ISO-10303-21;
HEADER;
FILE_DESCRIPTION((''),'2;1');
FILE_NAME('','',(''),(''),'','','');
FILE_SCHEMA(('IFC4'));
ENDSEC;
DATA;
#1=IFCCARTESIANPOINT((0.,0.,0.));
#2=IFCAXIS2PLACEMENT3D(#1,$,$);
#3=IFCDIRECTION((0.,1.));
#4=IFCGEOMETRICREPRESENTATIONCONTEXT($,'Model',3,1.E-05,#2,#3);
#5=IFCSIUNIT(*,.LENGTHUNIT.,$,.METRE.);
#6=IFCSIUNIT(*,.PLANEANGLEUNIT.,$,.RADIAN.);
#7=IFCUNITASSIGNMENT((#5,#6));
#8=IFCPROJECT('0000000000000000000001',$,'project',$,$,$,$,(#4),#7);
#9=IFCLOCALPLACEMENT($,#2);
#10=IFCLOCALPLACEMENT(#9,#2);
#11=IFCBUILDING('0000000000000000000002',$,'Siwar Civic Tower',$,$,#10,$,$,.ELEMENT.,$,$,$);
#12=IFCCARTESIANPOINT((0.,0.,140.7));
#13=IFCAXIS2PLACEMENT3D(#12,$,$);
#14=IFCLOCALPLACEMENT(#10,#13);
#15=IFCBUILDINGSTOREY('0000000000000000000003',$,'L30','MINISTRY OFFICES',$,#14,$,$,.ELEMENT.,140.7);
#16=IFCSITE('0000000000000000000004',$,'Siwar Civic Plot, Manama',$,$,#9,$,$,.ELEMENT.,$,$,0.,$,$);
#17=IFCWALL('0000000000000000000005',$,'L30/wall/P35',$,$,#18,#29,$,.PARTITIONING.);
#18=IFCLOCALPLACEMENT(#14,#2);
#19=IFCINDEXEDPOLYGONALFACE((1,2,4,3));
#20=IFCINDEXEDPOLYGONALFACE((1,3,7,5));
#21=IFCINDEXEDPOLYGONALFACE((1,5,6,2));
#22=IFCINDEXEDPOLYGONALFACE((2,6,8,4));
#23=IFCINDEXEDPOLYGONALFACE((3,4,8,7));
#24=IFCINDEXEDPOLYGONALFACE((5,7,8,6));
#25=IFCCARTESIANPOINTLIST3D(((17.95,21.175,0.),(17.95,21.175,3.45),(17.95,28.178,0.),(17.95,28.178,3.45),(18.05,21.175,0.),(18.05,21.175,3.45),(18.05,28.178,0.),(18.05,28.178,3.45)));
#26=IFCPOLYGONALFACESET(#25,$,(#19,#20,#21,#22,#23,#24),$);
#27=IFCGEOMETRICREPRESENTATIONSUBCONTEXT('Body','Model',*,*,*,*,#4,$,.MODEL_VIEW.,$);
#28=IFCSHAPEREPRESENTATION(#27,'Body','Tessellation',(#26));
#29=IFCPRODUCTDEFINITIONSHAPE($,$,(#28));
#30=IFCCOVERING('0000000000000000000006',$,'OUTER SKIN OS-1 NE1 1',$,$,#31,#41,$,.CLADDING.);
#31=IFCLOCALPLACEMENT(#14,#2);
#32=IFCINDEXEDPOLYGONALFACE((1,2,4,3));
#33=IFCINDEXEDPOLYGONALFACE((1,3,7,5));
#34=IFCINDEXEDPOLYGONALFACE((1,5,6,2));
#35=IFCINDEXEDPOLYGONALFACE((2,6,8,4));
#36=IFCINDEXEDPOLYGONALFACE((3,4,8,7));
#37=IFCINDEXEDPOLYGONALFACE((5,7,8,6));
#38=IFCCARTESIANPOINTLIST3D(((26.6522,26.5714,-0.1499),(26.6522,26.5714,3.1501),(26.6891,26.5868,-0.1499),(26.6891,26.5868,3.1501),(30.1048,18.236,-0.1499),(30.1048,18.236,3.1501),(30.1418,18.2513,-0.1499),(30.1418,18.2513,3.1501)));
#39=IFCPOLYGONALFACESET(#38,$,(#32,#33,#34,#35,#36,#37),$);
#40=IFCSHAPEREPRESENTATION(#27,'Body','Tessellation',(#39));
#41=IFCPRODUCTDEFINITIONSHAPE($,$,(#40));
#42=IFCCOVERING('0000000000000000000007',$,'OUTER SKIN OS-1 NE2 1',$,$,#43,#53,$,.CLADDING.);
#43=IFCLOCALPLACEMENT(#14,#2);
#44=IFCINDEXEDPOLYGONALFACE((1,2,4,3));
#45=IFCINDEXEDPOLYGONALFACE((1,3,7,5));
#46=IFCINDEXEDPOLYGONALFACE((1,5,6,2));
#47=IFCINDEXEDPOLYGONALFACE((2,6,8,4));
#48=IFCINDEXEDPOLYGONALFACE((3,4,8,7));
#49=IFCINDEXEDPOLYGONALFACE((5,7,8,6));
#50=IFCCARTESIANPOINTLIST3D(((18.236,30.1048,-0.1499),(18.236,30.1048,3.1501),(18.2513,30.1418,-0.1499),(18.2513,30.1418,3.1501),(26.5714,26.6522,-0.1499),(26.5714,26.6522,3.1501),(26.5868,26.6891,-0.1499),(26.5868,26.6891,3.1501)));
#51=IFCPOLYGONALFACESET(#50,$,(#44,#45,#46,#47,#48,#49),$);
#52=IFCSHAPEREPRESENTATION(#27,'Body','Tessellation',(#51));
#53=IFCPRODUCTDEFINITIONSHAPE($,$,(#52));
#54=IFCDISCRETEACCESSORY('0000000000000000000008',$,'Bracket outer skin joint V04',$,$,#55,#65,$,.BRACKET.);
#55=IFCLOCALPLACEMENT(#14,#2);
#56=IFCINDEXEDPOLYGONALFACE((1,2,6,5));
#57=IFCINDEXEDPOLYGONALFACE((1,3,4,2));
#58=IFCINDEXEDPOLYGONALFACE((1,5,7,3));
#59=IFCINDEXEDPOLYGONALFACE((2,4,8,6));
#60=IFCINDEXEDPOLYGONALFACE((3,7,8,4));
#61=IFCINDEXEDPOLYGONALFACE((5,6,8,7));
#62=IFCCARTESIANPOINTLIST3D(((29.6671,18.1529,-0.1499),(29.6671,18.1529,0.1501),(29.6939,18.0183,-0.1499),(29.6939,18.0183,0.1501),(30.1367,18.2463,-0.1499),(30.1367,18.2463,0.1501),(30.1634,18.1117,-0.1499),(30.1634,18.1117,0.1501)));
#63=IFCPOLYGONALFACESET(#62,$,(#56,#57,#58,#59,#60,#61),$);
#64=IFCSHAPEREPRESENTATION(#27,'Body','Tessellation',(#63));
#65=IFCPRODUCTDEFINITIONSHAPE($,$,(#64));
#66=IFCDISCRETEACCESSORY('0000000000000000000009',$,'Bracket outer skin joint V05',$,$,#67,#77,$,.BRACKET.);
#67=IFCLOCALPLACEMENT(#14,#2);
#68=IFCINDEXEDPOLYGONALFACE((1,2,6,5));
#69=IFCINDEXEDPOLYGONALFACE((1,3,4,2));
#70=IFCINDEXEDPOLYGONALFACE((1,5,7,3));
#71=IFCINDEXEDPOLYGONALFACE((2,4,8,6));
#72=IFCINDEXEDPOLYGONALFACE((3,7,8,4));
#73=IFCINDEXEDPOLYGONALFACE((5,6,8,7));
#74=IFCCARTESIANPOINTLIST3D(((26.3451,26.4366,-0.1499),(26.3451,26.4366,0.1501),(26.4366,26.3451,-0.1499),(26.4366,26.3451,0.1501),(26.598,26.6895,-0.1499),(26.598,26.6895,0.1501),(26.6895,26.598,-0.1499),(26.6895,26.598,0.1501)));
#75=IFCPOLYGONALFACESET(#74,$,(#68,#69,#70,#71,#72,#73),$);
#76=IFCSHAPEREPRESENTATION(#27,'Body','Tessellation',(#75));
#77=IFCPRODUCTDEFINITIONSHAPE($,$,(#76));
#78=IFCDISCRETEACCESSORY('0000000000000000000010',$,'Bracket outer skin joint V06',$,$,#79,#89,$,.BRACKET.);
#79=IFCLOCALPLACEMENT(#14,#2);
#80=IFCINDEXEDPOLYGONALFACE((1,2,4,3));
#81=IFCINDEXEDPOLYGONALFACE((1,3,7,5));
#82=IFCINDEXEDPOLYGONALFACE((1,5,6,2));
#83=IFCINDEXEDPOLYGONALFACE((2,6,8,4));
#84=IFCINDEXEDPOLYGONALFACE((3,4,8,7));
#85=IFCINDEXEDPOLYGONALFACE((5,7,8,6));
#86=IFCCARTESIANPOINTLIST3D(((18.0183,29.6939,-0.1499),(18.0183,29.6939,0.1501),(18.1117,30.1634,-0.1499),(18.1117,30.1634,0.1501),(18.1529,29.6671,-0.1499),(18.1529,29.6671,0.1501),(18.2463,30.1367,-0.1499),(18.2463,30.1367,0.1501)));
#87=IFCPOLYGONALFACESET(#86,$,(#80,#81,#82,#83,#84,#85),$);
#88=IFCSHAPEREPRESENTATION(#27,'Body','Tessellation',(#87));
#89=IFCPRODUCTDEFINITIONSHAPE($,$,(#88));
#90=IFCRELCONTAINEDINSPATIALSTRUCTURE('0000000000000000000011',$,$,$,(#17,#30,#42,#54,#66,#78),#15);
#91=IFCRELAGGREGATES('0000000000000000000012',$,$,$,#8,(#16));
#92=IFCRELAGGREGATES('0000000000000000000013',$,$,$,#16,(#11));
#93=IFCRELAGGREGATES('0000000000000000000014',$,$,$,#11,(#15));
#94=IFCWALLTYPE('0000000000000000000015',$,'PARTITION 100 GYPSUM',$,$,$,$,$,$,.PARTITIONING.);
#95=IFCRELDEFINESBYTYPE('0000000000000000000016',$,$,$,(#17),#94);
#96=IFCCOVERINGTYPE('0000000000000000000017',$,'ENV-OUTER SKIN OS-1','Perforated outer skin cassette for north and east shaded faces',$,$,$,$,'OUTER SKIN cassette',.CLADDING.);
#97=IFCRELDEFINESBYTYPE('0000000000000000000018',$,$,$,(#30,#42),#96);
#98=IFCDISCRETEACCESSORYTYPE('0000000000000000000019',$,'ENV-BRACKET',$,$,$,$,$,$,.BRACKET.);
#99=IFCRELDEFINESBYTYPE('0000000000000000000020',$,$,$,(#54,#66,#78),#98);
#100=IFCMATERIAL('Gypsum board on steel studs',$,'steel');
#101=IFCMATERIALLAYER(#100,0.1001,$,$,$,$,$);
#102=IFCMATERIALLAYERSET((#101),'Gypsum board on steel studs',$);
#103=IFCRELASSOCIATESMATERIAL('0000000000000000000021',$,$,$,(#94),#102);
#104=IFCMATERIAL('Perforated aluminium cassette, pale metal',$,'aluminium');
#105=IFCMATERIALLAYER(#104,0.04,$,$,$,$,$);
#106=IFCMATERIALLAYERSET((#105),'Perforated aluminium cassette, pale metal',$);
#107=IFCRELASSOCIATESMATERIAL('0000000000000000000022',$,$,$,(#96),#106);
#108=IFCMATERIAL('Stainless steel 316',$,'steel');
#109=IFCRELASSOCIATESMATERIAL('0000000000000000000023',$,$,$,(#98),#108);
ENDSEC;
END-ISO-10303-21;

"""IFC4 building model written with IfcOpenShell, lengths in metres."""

from ifc_helpers import new_model, si_unit, direction, frame, frame_2d, origin, origin_2d, place, context, subcontext, project, spatial, rectangle, extrude, material, layer, layer_set, type_object, element, save


model = new_model("IFC4")

# Units and contexts
model_context = context("Model", 3, precision=1e-05, world=origin(), true_north=direction((0.0, 1.0)))
body_context = subcontext(model_context, "Body", "Model", "MODEL_VIEW")
ifc_project = project(units=[si_unit("LENGTHUNIT", "METRE"), si_unit("PLANEANGLEUNIT", "RADIAN")], contexts=[model_context])

# Site, building, storey
site_placement = place(None, origin())
site = spatial("IfcSite", under=ifc_project, at=site_placement, Name="Siwar Civic Plot, Manama", CompositionType="ELEMENT", RefElevation=0.0)
building_placement = place(site_placement, origin())
building = spatial("IfcBuilding", under=site, at=building_placement, Name="Siwar Civic Tower", CompositionType="ELEMENT")
storey_placement = place(building_placement, frame((0.0, 0.0, 140.7)))
storey = spatial("IfcBuildingStorey", under=building, at=storey_placement, Name="L30", Description="MINISTRY OFFICES", CompositionType="ELEMENT", Elevation=140.7)

# Wall
ifc_material_1 = material(Name="Gypsum board on steel studs", Category="steel")
ifc_layer_1 = layer(ifc_material_1, 0.1001)
ifc_layer_set_1 = layer_set([ifc_layer_1], Name="Gypsum board on steel studs")
wall_type_1 = type_object("IfcWallType", Name="PARTITION 100 GYPSUM", PredefinedType="PARTITIONING", material=ifc_layer_set_1)
wall_1_placement = place(storey_placement, frame((18.0, 21.175, 0.0), z_axis=(0.0, 0.0, 1.0), x_axis=(0.0, 1.0, 0.0)))
element("IfcWall", 1, at=wall_1_placement, inside=storey, type_object=wall_type_1, Name="L30/wall/P35", PredefinedType="PARTITIONING", context=body_context, shape_type="SweptSolid", body=[
    extrude(rectangle(XDim=7.0029, YDim=0.1001, at=frame_2d((3.5015, 0.0))), origin(), (0.0, 0.0, 1.0), 3.45),
])

# Coverings
ifc_material_2 = material(Name="Perforated aluminium cassette, pale metal", Category="aluminium")
ifc_layer_2 = layer(ifc_material_2, 0.04)
ifc_layer_set_2 = layer_set([ifc_layer_2], Name="Perforated aluminium cassette, pale metal")
covering_type = type_object("IfcCoveringType", Name="ENV-OUTER SKIN OS-1", Description="Perforated outer skin cassette for north and east shaded faces", ElementType="OUTER SKIN cassette", PredefinedType="CLADDING", material=ifc_layer_set_2)
for number, where, z_axis, x_axis, name in (
    (2, (28.397, 22.4114, -0.1499), (0.0, 0.0, 1.0), (-0.382683, 0.92388, 0.0), "OUTER SKIN OS-1 NE1 1"),
    (3, (22.4114, 28.397, -0.1499), (0.0, 0.0, 1.0), (-0.92388, 0.382683, 0.0), "OUTER SKIN OS-1 NE2 1"),
):
    element("IfcCovering", number, at=place(storey_placement, frame(where, z_axis=z_axis, x_axis=x_axis)), inside=storey, type_object=covering_type, Name=name, PredefinedType="CLADDING", context=body_context, shape_type="SweptSolid", body=[
        extrude(rectangle(XDim=9.0222, YDim=0.04, at=origin_2d()), origin(), (0.0, 0.0, 1.0), 3.3),
    ])

# Discrete accessories
ifc_material_3 = material(Name="Stainless steel 316", Category="steel")
discrete_accessory_type = type_object("IfcDiscreteAccessoryType", Name="ENV-BRACKET", PredefinedType="BRACKET", material=ifc_material_3)
discrete_accessory_1_placement = place(storey_placement, frame((29.9153, 18.1323, -0.1499), z_axis=(0.0, 0.0, 1.0), x_axis=(0.980785, 0.19509, 0.0)))
element("IfcDiscreteAccessory", 4, at=discrete_accessory_1_placement, inside=storey, type_object=discrete_accessory_type, Name="Bracket outer skin joint V04", PredefinedType="BRACKET", context=body_context, shape_type="SweptSolid", body=[
    extrude(rectangle(XDim=0.4788, YDim=0.1372, at=origin_2d()), origin(), (0.0, 0.0, 1.0), 0.3),
])
discrete_accessory_2_placement = place(storey_placement, frame((26.5173, 26.5173, -0.1499), z_axis=(0.0, 0.0, 1.0), x_axis=(0.707107, 0.707107, 0.0)))
element("IfcDiscreteAccessory", 5, at=discrete_accessory_2_placement, inside=storey, type_object=discrete_accessory_type, Name="Bracket outer skin joint V05", PredefinedType="BRACKET", context=body_context, shape_type="SweptSolid", body=[
    extrude(rectangle(XDim=0.3577, YDim=0.1294, at=origin_2d()), origin(), (0.0, 0.0, 1.0), 0.3),
])
discrete_accessory_3_placement = place(storey_placement, frame((18.1323, 29.9153, -0.1499), z_axis=(0.0, 0.0, 1.0), x_axis=(0.19509, 0.980785, 0.0)))
element("IfcDiscreteAccessory", 6, at=discrete_accessory_3_placement, inside=storey, type_object=discrete_accessory_type, Name="Bracket outer skin joint V06", PredefinedType="BRACKET", context=body_context, shape_type="SweptSolid", body=[
    extrude(rectangle(XDim=0.4788, YDim=0.1372, at=origin_2d()), origin(), (0.0, 0.0, 1.0), 0.3),
])

save(model, "model.ifc")
